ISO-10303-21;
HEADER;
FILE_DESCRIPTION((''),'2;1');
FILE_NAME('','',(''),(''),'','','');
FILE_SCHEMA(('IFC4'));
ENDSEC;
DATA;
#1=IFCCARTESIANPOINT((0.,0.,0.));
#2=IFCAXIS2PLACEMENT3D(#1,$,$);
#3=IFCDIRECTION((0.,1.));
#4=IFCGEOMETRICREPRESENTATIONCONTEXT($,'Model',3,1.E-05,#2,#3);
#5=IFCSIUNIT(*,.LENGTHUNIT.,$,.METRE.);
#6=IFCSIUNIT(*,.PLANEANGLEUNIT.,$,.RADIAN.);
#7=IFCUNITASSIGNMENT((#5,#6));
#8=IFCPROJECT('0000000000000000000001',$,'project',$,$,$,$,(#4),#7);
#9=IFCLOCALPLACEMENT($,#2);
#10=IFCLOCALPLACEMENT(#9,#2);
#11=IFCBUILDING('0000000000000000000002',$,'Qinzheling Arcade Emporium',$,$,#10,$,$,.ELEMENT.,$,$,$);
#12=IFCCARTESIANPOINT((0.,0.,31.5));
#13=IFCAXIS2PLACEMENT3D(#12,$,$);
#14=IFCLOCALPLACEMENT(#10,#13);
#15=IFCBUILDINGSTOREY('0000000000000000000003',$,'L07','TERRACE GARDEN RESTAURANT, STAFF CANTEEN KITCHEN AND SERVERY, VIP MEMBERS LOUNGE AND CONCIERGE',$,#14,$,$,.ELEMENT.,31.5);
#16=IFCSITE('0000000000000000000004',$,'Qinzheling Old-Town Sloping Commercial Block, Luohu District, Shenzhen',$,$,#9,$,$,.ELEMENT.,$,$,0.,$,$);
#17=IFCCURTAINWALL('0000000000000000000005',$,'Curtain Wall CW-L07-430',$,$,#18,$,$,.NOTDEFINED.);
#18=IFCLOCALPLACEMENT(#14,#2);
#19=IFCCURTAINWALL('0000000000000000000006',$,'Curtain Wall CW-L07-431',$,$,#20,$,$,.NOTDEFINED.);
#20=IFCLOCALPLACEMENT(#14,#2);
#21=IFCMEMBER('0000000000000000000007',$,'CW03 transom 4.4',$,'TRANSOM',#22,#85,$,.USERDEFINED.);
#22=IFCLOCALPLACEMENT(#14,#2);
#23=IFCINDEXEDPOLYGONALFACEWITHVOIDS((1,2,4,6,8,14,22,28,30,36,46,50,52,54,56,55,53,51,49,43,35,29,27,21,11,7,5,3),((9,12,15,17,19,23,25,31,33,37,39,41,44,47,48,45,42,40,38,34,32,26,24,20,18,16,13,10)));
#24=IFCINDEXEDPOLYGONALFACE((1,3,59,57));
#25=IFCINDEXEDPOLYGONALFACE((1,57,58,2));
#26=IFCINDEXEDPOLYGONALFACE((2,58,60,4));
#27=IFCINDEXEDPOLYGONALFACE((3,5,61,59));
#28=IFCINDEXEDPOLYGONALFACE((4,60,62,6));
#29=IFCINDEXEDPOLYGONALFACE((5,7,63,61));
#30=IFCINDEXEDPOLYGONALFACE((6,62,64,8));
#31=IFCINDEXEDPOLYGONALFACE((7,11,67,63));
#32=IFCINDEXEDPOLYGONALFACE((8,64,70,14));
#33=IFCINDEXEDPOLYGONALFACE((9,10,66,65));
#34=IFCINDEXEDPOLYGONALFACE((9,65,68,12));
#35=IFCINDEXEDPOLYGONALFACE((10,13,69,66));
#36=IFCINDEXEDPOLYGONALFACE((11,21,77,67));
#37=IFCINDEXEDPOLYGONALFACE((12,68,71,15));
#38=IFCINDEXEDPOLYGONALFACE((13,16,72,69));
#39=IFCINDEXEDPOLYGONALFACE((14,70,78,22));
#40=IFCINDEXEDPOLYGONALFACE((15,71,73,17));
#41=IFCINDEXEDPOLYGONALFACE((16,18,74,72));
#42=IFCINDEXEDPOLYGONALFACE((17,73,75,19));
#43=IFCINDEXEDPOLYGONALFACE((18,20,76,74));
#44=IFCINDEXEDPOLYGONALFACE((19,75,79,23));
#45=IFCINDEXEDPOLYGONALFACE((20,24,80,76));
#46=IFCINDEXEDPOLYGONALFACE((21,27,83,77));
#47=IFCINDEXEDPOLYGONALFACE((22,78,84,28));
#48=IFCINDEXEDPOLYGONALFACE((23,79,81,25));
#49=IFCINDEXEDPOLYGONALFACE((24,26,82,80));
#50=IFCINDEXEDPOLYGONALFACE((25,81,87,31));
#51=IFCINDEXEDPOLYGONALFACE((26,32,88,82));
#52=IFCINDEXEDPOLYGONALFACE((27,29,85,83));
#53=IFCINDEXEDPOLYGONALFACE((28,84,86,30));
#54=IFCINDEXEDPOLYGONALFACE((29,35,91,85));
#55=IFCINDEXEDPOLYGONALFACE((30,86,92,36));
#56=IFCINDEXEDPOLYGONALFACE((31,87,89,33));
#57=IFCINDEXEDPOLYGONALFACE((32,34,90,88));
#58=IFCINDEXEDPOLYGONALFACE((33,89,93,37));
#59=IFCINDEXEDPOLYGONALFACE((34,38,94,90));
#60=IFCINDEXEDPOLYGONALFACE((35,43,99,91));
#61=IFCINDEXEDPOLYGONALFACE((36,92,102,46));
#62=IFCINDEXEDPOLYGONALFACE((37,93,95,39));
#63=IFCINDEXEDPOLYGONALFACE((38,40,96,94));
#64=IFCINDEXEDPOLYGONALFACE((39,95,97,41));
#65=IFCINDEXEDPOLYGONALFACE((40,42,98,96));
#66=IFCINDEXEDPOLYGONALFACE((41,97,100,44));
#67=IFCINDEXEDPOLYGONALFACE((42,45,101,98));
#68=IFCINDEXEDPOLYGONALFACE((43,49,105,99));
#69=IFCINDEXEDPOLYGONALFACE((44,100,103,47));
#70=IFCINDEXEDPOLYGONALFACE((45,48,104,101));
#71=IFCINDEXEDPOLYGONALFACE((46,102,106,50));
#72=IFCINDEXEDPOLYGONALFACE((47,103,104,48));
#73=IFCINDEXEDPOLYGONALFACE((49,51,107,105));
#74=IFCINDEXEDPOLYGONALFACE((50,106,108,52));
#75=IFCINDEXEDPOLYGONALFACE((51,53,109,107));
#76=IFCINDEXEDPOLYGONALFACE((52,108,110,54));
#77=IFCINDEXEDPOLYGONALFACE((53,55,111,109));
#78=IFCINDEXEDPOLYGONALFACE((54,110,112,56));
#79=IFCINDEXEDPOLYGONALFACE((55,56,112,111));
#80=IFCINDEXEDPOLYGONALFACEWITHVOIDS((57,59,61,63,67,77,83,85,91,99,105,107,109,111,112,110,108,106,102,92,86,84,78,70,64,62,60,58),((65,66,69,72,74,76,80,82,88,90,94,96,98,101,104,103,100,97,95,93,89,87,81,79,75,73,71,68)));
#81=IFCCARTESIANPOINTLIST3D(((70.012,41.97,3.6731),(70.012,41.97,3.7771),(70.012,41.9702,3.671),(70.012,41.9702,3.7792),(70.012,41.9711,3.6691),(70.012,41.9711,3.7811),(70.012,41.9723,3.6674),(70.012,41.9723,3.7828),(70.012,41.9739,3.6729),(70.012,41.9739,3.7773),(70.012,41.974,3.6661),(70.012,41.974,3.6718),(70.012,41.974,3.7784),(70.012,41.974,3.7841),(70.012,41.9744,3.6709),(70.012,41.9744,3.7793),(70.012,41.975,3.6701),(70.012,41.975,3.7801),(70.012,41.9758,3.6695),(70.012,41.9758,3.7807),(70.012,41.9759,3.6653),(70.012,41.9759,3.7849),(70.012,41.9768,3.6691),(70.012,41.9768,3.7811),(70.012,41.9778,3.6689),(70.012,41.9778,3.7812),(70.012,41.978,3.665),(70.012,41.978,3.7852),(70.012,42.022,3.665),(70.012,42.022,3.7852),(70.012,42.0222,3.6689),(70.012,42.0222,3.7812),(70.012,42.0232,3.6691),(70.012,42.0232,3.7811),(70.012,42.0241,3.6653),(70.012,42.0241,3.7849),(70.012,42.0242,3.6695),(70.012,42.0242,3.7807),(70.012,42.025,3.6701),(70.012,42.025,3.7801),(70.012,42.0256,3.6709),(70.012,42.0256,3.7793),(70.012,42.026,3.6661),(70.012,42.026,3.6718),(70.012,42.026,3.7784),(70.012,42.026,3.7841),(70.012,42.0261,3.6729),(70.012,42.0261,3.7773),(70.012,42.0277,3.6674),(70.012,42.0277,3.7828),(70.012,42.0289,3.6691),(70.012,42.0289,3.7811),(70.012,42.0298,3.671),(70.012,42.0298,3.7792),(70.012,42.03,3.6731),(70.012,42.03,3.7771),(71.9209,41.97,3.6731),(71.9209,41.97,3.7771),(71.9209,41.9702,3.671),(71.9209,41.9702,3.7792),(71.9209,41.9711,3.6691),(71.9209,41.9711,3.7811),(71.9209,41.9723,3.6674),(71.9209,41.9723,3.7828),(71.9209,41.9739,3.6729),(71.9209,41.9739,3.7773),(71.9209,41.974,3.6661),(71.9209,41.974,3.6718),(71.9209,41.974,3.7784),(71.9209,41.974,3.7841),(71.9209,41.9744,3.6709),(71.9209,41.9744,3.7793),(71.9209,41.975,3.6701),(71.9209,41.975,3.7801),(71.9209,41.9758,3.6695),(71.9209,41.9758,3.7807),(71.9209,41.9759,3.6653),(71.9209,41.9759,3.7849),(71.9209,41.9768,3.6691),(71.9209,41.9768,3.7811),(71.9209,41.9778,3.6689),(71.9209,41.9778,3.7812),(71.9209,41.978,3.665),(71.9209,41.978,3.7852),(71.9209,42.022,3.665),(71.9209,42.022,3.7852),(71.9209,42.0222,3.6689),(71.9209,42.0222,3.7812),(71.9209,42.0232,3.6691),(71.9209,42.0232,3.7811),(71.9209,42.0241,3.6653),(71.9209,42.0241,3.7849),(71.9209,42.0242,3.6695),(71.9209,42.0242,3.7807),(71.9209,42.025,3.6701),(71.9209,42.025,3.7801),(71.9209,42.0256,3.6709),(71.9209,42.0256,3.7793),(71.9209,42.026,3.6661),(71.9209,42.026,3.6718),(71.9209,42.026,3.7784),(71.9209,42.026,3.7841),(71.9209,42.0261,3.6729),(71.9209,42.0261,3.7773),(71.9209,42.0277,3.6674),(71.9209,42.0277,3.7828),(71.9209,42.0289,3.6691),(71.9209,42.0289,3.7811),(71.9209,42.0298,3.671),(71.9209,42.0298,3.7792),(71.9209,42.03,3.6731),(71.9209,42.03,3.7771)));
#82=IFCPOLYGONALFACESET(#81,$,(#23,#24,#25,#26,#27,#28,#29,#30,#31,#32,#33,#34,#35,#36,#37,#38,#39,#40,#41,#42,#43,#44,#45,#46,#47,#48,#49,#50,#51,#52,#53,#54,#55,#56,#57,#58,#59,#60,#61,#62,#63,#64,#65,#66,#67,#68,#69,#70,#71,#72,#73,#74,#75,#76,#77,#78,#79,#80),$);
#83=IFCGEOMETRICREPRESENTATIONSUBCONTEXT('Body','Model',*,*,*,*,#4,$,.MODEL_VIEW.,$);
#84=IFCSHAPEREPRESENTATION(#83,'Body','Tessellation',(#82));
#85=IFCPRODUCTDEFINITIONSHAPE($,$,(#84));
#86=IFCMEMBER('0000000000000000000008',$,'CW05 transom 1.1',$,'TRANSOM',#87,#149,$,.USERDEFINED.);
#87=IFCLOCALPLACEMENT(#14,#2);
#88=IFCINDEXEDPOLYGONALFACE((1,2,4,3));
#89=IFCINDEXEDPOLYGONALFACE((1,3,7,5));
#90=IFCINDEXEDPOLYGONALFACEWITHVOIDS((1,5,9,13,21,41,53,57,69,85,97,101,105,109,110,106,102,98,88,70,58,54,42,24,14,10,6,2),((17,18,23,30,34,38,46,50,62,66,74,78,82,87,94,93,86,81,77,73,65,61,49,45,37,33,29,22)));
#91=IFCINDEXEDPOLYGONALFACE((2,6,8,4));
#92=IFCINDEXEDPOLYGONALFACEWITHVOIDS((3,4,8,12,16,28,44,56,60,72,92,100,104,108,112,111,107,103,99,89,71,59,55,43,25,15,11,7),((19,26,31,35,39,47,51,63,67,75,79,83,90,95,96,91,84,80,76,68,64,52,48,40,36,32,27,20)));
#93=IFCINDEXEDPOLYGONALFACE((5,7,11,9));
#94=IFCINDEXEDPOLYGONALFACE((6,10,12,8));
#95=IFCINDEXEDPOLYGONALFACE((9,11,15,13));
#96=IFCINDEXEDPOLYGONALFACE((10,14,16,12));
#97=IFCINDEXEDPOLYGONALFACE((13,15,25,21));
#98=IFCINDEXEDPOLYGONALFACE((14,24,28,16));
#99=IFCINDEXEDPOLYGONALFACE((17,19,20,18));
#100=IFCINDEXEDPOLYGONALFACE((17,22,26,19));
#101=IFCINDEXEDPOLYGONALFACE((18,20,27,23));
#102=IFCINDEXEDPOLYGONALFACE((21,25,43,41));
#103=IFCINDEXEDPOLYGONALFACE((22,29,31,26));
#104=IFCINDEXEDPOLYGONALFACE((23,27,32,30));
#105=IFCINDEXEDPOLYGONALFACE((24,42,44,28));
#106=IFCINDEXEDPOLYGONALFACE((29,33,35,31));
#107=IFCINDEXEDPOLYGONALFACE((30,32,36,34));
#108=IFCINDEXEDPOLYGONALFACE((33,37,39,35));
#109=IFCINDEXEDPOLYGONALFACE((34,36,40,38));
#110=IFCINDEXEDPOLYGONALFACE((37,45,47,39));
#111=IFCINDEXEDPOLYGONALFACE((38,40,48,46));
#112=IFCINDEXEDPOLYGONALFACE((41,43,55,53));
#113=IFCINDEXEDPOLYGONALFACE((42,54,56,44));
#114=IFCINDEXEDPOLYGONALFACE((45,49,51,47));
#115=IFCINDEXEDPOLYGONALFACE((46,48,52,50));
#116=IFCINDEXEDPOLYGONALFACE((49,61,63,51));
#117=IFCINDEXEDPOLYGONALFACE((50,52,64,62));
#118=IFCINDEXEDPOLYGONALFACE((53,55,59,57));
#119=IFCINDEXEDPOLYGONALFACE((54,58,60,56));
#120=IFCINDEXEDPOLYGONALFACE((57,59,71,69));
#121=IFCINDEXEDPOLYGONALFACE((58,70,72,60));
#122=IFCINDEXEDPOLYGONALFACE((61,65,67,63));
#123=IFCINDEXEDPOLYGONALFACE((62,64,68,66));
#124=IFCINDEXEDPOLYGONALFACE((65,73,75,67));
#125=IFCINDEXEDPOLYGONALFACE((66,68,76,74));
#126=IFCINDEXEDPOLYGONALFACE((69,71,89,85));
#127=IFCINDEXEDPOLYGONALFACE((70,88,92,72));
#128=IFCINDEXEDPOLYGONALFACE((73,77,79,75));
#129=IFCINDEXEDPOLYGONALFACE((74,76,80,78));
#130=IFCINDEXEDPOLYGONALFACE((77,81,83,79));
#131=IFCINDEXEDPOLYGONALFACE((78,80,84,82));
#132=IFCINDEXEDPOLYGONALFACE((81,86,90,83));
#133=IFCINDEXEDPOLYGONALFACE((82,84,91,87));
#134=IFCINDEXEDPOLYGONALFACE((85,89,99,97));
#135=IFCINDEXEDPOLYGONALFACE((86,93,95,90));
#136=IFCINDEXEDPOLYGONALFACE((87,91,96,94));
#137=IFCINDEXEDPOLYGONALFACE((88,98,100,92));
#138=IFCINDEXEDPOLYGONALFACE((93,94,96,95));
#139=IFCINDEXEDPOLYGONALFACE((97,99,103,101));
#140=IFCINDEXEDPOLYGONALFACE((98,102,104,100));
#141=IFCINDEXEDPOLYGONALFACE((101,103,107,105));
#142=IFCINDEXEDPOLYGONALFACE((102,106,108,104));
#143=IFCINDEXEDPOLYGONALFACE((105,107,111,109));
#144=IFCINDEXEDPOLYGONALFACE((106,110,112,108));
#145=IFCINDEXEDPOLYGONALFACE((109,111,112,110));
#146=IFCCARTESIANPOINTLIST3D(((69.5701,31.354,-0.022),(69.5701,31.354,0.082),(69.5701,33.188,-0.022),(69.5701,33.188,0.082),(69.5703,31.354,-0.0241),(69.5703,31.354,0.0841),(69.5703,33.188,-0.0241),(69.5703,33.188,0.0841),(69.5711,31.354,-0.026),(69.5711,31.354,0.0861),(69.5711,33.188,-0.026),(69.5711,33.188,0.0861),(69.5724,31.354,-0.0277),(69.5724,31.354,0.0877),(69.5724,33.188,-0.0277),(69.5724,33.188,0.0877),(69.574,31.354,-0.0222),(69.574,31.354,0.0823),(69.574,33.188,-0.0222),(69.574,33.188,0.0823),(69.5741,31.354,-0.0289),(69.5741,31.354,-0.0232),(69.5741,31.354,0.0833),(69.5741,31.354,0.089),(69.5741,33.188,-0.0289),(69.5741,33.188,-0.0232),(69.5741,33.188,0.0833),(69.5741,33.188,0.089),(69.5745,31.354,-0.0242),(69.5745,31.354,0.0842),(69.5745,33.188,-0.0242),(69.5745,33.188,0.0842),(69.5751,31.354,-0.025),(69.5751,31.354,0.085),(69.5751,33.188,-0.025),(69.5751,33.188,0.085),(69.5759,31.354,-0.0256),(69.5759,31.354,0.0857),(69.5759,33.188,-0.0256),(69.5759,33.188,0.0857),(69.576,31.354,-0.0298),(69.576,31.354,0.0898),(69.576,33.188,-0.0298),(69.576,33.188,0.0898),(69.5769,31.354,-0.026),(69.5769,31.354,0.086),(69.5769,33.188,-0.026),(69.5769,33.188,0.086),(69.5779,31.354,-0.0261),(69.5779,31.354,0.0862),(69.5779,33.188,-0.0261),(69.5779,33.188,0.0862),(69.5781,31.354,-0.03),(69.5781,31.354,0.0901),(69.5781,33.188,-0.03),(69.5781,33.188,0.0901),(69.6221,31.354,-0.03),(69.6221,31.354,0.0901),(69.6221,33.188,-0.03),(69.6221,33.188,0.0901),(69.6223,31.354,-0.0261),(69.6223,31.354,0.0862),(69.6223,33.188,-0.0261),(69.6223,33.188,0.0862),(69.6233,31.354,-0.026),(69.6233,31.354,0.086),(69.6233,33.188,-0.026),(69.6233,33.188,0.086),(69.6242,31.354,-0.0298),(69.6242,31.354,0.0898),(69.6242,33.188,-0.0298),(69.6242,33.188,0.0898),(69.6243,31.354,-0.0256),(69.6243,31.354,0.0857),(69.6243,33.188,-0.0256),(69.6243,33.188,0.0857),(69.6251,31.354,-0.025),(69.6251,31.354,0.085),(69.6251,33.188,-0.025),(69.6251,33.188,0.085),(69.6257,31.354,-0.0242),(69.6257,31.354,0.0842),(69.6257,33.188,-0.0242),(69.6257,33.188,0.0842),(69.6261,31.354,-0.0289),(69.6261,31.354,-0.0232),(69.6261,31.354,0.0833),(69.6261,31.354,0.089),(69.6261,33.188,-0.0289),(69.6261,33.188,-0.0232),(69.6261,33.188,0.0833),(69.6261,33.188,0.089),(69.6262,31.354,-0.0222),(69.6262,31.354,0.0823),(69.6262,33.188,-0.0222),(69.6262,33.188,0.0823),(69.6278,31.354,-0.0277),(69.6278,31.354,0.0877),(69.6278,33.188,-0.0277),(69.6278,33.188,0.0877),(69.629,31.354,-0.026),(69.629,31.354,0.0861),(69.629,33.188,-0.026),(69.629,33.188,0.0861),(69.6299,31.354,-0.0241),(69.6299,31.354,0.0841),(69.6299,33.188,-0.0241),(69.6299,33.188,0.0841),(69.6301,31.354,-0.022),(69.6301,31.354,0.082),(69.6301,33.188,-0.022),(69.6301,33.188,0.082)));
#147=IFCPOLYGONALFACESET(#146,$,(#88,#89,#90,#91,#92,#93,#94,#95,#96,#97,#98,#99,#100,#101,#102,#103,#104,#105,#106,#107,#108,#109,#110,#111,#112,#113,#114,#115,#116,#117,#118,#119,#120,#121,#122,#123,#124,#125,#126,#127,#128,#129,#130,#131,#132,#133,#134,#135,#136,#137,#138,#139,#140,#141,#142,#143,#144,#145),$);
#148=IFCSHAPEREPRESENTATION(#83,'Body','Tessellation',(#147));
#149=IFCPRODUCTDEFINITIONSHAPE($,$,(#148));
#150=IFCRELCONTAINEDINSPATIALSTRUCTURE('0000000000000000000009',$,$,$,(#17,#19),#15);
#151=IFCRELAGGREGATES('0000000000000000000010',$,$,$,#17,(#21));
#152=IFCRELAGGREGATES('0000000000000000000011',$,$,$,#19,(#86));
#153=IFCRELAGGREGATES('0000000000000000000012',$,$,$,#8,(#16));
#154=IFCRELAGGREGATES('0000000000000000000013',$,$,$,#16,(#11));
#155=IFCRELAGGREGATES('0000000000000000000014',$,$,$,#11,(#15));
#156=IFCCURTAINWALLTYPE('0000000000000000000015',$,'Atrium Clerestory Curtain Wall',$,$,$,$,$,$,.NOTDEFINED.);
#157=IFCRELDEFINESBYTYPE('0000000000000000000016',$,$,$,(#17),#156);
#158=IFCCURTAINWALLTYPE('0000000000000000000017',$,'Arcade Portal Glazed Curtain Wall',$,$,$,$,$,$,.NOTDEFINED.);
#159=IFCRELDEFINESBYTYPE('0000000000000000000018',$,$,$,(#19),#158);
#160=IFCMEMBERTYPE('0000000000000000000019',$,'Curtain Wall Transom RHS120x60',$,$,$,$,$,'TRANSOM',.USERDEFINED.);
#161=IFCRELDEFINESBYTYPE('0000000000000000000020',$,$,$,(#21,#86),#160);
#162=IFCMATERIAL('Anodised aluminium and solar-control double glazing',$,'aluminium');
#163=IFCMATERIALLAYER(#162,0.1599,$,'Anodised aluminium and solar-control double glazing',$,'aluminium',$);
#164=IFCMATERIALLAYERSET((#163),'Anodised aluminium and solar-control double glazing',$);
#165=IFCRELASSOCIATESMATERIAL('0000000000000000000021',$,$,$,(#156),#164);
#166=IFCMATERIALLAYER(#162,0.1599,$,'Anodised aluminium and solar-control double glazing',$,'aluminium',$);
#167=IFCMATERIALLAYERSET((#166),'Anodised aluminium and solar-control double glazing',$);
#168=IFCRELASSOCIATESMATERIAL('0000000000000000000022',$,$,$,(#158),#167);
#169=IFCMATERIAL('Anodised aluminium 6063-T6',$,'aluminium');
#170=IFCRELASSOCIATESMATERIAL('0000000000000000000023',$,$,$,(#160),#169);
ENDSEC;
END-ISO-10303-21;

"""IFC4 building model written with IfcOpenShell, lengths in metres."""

from ifc_helpers import new_model, si_unit, direction, frame, origin, origin_2d, place, context, subcontext, project, spatial, hollow_rectangle, extrude, material, layer, layer_set, material_profile, profile_set, type_object, element, aggregate, save


model = new_model("IFC4")

# Units and contexts
model_context = context("Model", 3, precision=1e-05, world=origin(), true_north=direction((0.0, 1.0)))
body_context = subcontext(model_context, "Body", "Model", "MODEL_VIEW")
ifc_project = project(units=[si_unit("LENGTHUNIT", "METRE"), si_unit("PLANEANGLEUNIT", "RADIAN")], contexts=[model_context])

# Site, building, storey
site_placement = place(None, origin())
site = spatial("IfcSite", under=ifc_project, at=site_placement, Name="Qinzheling Old-Town Sloping Commercial Block, Luohu District, Shenzhen", CompositionType="ELEMENT", RefElevation=0.0)
building_placement = place(site_placement, origin())
building = spatial("IfcBuilding", under=site, at=building_placement, Name="Qinzheling Arcade Emporium", CompositionType="ELEMENT")
storey_placement = place(building_placement, frame((0.0, 0.0, 31.5)))
storey = spatial("IfcBuildingStorey", under=building, at=storey_placement, Name="L07", Description="TERRACE GARDEN RESTAURANT, STAFF CANTEEN KITCHEN AND SERVERY, VIP MEMBERS LOUNGE AND CONCIERGE", CompositionType="ELEMENT", Elevation=31.5)

# Curtain wall
ifc_material_1 = material(Name="Anodised aluminium and solar-control double glazing", Category="aluminium")
ifc_layer_1 = layer(ifc_material_1, 0.1599, Name="Anodised aluminium and solar-control double glazing", Category="aluminium")
ifc_layer_set_1 = layer_set([ifc_layer_1], Name="Anodised aluminium and solar-control double glazing")
curtain_wall_type_1 = type_object("IfcCurtainWallType", Name="Atrium Clerestory Curtain Wall", PredefinedType="NOTDEFINED", material=ifc_layer_set_1)
curtain_wall_1_placement = place(storey_placement, origin())
curtain_wall_1 = element("IfcCurtainWall", 1, at=curtain_wall_1_placement, inside=storey, type_object=curtain_wall_type_1, Name="Curtain Wall CW-L07-430", PredefinedType="NOTDEFINED")
ifc_material_2 = material(Name="Anodised aluminium 6063-T6", Category="aluminium")

# Curtain wall
ifc_layer_2 = layer(ifc_material_1, 0.1599, Name="Anodised aluminium and solar-control double glazing", Category="aluminium")
ifc_layer_set_2 = layer_set([ifc_layer_2], Name="Anodised aluminium and solar-control double glazing")
curtain_wall_type_2 = type_object("IfcCurtainWallType", Name="Arcade Portal Glazed Curtain Wall", PredefinedType="NOTDEFINED", material=ifc_layer_set_2)
curtain_wall_2_placement = place(storey_placement, origin())
curtain_wall_2 = element("IfcCurtainWall", 2, at=curtain_wall_2_placement, inside=storey, type_object=curtain_wall_type_2, Name="Curtain Wall CW-L07-431", PredefinedType="NOTDEFINED")

# Members
ifc_material_profile_1 = material_profile(ifc_material_2, hollow_rectangle(XDim=0.0601, YDim=0.1201, WallThickness=0.0039, InnerFilletRadius=0.0039, OuterFilletRadius=0.0081, at=origin_2d()), Name="RHS 120x60x4", Category="aluminium")
ifc_profile_set_1 = profile_set([ifc_material_profile_1], Name="Anodised aluminium 6063-T6")
member_type_1 = type_object("IfcMemberType", Name="Curtain Wall Transom RHS120x60", ElementType="TRANSOM", PredefinedType="USERDEFINED", material=ifc_profile_set_1)
member_1_placement = place(storey_placement, frame((71.9209, 42.0, 3.7251), z_axis=(-1.0, 0.0, 0.0), x_axis=(0.0, -1.0, 0.0)))
member_1 = element("IfcMember", 3, at=member_1_placement, type_object=member_type_1, Name="CW03 transom 4.4", ObjectType="TRANSOM", PredefinedType="USERDEFINED", context=body_context, shape_type="SweptSolid", body=[
    extrude(hollow_rectangle(XDim=0.0601, YDim=0.1201, WallThickness=0.0039, InnerFilletRadius=0.0039, OuterFilletRadius=0.0081, at=origin_2d()), origin(), (0.0, 0.0, 1.0), 1.9089),
])
member_2_placement = place(storey_placement, frame((69.6001, 33.188, 0.03), z_axis=(0.0, -1.0, 0.0), x_axis=(1.0, 0.0, 0.0)))
member_2 = element("IfcMember", 4, at=member_2_placement, type_object=member_type_1, Name="CW05 transom 1.1", ObjectType="TRANSOM", PredefinedType="USERDEFINED", context=body_context, shape_type="SweptSolid", body=[
    extrude(hollow_rectangle(XDim=0.0601, YDim=0.1201, WallThickness=0.0039, InnerFilletRadius=0.0039, OuterFilletRadius=0.0081, at=origin_2d()), origin(), (0.0, 0.0, 1.0), 1.834),
])

aggregate(curtain_wall_1, [member_1])
aggregate(curtain_wall_2, [member_2])

save(model, "model.ifc")
